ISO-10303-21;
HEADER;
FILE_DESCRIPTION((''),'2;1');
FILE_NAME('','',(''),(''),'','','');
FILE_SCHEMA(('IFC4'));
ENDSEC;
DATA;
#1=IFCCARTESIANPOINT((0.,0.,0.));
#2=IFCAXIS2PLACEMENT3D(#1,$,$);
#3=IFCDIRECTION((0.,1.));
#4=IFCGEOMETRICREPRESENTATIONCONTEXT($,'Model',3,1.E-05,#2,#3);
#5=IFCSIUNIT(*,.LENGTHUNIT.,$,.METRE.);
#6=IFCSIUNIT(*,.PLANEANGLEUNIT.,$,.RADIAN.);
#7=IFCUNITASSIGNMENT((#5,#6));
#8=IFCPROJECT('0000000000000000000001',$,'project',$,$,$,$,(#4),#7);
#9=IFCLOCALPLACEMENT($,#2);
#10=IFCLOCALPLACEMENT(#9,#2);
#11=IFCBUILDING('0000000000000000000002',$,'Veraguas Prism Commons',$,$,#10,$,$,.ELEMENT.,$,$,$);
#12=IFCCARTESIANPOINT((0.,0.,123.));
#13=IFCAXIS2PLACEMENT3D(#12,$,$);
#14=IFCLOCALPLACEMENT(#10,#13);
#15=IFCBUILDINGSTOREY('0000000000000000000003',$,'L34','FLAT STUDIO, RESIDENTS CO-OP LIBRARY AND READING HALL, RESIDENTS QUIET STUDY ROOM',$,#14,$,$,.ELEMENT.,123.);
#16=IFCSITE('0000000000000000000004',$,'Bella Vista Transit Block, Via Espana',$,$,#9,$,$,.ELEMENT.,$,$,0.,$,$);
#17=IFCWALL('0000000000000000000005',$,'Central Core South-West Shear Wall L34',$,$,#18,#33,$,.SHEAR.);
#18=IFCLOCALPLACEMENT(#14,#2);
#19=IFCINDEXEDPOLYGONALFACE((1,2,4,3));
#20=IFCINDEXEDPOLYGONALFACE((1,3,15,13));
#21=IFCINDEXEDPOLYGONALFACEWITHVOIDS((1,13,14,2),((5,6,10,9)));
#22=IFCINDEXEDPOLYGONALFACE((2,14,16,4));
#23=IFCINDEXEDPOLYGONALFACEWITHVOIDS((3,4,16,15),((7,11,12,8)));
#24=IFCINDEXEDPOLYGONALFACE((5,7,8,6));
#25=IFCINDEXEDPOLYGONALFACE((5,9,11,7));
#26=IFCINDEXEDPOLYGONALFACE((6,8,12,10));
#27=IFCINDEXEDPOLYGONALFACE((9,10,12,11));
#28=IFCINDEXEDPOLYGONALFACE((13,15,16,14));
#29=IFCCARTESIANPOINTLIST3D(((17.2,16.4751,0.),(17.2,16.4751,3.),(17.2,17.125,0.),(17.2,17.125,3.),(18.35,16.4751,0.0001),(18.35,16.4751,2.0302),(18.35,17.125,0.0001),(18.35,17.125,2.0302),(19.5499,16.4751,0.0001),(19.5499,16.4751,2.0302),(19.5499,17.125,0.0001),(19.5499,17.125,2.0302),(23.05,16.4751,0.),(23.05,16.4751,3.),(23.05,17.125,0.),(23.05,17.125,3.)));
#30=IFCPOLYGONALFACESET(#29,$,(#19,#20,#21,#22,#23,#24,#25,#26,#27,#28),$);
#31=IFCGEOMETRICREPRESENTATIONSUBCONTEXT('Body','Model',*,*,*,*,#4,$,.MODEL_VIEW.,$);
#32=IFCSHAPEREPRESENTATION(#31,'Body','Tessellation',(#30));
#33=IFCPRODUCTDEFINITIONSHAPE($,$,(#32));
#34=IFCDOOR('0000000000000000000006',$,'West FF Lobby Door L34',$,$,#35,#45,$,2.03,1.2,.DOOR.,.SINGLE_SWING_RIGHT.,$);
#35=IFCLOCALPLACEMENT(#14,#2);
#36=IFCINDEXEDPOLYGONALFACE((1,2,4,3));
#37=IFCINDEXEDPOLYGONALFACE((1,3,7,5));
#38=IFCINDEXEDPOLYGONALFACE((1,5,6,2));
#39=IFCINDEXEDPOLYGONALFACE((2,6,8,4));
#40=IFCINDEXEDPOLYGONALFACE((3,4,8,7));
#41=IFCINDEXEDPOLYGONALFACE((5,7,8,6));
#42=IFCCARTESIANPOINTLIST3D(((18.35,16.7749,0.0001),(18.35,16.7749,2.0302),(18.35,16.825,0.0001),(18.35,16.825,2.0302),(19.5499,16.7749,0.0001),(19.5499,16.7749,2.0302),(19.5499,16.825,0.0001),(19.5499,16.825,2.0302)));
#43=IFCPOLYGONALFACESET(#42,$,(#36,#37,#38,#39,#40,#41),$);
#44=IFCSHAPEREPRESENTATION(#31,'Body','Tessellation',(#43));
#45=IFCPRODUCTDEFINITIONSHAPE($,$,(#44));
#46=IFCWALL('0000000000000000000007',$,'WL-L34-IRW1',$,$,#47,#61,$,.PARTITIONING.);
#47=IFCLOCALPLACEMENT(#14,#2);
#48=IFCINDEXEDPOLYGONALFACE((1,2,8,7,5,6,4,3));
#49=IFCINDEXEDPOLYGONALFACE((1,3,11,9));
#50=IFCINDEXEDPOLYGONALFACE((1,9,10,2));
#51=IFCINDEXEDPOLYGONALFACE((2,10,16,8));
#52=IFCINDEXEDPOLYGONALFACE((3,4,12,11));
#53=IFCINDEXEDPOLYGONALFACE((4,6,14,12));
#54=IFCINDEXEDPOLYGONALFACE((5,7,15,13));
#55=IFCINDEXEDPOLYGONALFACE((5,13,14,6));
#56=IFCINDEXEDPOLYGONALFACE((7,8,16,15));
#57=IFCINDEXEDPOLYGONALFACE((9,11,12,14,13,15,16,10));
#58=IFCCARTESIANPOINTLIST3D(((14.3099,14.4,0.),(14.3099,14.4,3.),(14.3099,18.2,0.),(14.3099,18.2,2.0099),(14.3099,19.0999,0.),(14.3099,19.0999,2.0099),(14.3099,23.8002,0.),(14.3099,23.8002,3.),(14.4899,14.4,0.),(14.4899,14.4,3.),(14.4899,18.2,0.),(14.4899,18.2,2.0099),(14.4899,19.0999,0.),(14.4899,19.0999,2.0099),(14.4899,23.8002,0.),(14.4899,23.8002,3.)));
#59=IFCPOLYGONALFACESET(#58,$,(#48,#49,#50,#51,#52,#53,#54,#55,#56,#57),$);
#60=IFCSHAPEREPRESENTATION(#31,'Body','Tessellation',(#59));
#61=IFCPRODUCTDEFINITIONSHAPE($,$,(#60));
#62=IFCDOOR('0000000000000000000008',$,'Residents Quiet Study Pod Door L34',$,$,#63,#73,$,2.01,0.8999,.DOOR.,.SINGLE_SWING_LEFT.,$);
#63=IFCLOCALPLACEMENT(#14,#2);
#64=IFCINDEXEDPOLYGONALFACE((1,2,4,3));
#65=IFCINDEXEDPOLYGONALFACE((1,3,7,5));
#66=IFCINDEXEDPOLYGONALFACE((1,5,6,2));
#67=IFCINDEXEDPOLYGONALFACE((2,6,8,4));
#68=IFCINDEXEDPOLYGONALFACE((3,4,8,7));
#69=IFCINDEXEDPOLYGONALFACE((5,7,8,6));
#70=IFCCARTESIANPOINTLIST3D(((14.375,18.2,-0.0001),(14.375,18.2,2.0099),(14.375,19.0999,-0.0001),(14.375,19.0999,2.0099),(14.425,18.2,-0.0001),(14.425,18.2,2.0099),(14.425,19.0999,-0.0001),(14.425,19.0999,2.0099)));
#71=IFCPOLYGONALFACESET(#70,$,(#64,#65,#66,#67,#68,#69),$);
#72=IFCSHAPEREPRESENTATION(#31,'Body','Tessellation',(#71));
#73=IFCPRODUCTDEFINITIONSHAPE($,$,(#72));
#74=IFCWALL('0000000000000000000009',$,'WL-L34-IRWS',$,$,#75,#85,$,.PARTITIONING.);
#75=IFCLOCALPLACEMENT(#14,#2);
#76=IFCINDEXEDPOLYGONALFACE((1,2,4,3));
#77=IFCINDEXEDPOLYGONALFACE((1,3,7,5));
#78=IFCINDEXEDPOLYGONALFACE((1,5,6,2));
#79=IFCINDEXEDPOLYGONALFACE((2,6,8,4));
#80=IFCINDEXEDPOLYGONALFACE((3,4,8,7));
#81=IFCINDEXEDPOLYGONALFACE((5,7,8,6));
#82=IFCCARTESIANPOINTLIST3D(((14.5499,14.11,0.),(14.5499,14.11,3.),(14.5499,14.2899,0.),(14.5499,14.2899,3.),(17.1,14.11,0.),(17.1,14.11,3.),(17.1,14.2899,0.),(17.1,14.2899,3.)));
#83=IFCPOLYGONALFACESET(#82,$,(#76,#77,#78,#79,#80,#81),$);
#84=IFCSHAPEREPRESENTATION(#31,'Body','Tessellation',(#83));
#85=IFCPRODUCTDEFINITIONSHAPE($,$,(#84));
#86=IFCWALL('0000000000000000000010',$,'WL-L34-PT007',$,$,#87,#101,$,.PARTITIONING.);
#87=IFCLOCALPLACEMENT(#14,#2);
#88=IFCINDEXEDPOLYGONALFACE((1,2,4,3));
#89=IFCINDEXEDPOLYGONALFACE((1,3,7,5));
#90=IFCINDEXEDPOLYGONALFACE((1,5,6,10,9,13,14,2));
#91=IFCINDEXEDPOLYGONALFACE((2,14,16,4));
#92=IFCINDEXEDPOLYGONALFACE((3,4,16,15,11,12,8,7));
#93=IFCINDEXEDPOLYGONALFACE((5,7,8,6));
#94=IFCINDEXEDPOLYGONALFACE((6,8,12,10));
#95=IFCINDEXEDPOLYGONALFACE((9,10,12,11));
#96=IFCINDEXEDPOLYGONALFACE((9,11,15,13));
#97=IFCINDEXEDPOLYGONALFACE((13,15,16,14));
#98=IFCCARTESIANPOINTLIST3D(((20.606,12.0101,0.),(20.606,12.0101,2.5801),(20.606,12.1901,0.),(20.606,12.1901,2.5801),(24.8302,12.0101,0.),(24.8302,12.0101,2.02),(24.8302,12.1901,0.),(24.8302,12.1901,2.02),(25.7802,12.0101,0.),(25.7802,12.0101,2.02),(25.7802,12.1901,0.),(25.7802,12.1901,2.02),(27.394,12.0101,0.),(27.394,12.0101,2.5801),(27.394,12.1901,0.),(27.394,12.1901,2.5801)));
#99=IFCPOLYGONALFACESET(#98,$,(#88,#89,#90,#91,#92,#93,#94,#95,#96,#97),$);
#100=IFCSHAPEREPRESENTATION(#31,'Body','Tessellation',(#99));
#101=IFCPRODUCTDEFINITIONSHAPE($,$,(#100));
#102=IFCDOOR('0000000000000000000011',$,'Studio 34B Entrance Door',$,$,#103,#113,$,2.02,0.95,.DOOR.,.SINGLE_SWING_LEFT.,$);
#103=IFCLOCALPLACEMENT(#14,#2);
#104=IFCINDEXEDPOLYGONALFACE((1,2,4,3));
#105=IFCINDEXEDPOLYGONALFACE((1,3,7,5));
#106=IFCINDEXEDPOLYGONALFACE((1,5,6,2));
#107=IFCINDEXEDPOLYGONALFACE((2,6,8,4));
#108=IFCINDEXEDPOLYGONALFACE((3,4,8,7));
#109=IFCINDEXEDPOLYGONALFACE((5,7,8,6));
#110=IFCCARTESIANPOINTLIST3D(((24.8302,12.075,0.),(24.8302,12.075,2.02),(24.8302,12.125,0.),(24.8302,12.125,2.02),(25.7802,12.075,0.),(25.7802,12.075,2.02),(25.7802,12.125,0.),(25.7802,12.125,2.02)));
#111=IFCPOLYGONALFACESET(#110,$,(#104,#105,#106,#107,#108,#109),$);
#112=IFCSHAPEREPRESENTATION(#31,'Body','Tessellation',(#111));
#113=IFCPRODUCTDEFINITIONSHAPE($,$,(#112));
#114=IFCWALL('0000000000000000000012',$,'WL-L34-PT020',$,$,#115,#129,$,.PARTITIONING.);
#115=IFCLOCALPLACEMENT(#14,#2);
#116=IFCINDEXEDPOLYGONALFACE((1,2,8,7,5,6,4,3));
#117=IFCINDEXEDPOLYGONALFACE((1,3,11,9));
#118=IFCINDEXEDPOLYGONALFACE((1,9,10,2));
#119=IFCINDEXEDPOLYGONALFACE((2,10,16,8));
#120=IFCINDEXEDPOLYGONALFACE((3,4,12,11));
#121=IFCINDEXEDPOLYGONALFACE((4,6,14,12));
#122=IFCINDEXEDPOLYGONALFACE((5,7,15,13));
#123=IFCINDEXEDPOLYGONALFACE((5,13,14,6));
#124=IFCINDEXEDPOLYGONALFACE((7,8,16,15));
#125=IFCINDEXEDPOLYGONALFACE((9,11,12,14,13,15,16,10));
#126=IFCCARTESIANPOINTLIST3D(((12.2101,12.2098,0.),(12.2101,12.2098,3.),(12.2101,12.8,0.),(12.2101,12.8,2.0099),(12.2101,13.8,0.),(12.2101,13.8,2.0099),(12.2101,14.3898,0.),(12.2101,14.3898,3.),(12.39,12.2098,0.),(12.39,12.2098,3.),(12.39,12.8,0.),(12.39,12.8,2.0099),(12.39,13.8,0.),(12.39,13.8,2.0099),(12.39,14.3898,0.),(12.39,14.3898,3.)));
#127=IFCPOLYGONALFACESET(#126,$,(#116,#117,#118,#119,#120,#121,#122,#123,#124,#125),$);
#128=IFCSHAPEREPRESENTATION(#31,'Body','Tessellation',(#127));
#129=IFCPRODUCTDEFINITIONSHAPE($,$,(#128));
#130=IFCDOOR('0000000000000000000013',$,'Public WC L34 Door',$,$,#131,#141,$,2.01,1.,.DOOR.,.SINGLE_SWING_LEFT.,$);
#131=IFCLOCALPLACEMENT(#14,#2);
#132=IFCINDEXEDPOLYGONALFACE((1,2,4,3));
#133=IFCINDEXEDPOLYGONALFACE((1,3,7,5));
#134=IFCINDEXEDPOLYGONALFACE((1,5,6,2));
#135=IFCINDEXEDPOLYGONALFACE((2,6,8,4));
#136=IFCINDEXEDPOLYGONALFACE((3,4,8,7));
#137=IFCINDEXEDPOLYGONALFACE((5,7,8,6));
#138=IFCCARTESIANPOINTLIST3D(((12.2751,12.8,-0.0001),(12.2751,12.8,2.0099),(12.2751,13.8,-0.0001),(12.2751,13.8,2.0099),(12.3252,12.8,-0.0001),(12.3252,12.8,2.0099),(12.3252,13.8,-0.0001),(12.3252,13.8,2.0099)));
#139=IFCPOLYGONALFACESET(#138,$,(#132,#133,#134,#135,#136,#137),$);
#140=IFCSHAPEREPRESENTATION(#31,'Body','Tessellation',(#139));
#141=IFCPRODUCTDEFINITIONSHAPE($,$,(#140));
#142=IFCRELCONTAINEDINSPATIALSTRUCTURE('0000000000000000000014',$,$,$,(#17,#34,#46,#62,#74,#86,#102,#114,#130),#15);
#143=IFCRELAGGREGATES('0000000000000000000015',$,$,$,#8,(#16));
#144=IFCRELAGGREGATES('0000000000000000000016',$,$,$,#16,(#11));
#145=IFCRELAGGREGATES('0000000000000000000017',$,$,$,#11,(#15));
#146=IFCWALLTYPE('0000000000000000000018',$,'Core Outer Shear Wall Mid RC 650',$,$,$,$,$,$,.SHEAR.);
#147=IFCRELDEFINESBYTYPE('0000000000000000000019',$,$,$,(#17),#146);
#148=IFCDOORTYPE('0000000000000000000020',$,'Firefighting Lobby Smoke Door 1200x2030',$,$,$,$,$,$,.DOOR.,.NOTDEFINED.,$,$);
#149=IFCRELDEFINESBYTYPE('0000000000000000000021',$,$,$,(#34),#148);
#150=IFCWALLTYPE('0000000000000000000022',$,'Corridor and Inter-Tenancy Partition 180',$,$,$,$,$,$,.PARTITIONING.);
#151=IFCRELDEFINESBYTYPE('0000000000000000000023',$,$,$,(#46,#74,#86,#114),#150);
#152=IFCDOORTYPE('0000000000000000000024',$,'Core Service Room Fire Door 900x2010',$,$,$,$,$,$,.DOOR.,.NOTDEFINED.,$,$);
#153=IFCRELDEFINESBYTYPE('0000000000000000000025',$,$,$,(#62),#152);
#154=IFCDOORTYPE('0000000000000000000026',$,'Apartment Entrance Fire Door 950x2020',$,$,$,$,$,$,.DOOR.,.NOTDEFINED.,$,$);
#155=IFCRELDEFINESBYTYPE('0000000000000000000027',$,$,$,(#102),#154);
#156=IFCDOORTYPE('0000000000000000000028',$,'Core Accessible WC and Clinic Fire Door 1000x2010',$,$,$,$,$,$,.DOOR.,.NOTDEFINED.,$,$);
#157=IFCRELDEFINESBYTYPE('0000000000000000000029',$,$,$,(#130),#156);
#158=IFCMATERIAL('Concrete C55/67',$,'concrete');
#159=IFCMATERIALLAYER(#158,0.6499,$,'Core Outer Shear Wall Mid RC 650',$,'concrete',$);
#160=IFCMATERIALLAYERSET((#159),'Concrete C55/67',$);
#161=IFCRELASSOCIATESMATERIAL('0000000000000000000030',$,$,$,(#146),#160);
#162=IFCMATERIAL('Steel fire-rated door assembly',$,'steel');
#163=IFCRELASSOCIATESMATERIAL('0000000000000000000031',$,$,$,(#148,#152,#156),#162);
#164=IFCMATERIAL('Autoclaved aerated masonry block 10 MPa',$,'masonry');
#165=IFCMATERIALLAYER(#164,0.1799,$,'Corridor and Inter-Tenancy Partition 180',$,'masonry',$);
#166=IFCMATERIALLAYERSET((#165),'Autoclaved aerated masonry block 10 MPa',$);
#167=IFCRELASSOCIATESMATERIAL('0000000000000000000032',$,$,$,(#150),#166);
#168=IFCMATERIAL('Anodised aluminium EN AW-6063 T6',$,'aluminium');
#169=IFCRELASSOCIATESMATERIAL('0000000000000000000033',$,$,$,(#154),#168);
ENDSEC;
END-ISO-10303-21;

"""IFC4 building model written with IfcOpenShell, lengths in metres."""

from ifc_helpers import new_model, si_unit, direction, frame, frame_2d, origin, place, context, subcontext, project, spatial, rectangle, extrude, source, transform, mapped, material, layer, layer_set, type_object, element, fill, save


model = new_model("IFC4")

# Units and contexts
model_context = context("Model", 3, precision=1e-05, world=origin(), true_north=direction((0.0, 1.0)))
body_context = subcontext(model_context, "Body", "Model", "MODEL_VIEW")
ifc_project = project(units=[si_unit("LENGTHUNIT", "METRE"), si_unit("PLANEANGLEUNIT", "RADIAN")], contexts=[model_context])

# Site, building, storey
site_placement = place(None, origin())
site = spatial("IfcSite", under=ifc_project, at=site_placement, Name="Bella Vista Transit Block, Via Espana", CompositionType="ELEMENT", RefElevation=0.0)
building_placement = place(site_placement, origin())
building = spatial("IfcBuilding", under=site, at=building_placement, Name="Veraguas Prism Commons", CompositionType="ELEMENT")
storey_placement = place(building_placement, frame((0.0, 0.0, 123.0)))
storey = spatial("IfcBuildingStorey", under=building, at=storey_placement, Name="L34", Description="FLAT STUDIO, RESIDENTS CO-OP LIBRARY AND READING HALL, RESIDENTS QUIET STUDY ROOM", CompositionType="ELEMENT", Elevation=123.0)

# Shared definitions
ifc_material_1 = material(Name="Steel fire-rated door assembly", Category="steel")

# Shared definitions
ifc_material_2 = material(Name="Concrete C55/67", Category="concrete")
ifc_layer_1 = layer(ifc_material_2, 0.6499, Name="Core Outer Shear Wall Mid RC 650", Category="concrete")
ifc_layer_set_1 = layer_set([ifc_layer_1], Name="Concrete C55/67")
wall_type_1 = type_object("IfcWallType", Name="Core Outer Shear Wall Mid RC 650", PredefinedType="SHEAR", material=ifc_layer_set_1)

# Walls, openings, doors
wall_1_placement = place(storey_placement, frame((17.2, 16.8, 0.0), z_axis=(0.0, 0.0, 1.0), x_axis=(1.0, 0.0, 0.0)))
wall_1 = element("IfcWall", 1, at=wall_1_placement, inside=storey, type_object=wall_type_1, Name="Central Core South-West Shear Wall L34", PredefinedType="SHEAR", context=body_context, shape_type="SweptSolid", body=[
    extrude(rectangle(XDim=5.8501, YDim=0.6499, at=frame_2d((2.925, 0.0))), origin(), (0.0, 0.0, 1.0), 3.0),
])
opening_1_placement = place(wall_1_placement, frame((1.1499, 0.0, 0.0)))
opening_1 = element("IfcOpeningElement", 2, at=opening_1_placement, cuts=wall_1, PredefinedType="OPENING", context=body_context, shape_type="SweptSolid", body=[
    extrude(rectangle(XDim=1.2, YDim=2.03, at=frame_2d((0.6001, 1.0151))), frame((0.0, 0.335, 0.0), z_axis=(0.0, -1.0, 0.0), x_axis=(1.0, 0.0, 0.0)), (0.0, 0.0, 1.0), 0.6699),
])
door_type_1 = type_object("IfcDoorType", Name="Firefighting Lobby Smoke Door 1200x2030", OperationType="NOTDEFINED", PredefinedType="DOOR", material=ifc_material_1)
shared_shape_1 = source(origin(), body_context, "Body", "SweptSolid", [
    extrude(rectangle(XDim=1.2, YDim=2.03, at=frame_2d((0.6001, 1.0151))), frame((0.0, 0.0249, 0.0), z_axis=(0.0, -1.0, 0.0), x_axis=(1.0, 0.0, 0.0)), (0.0, 0.0, 1.0), 0.05),
])
door_1_placement = place(opening_1_placement, origin())
door_1 = element("IfcDoor", 3, at=door_1_placement, inside=storey, type_object=door_type_1, Name="West FF Lobby Door L34", OperationType="SINGLE_SWING_RIGHT", OverallHeight=2.03, OverallWidth=1.2, PredefinedType="DOOR", context=body_context, shape_type="MappedRepresentation", body=[
    mapped(shared_shape_1, transform((0.0, 0.0, 0.0), scale=1.0)),
])
fill(opening_1, door_1)
ifc_material_3 = material(Name="Autoclaved aerated masonry block 10 MPa", Category="masonry")
ifc_layer_2 = layer(ifc_material_3, 0.1799, Name="Corridor and Inter-Tenancy Partition 180", Category="masonry")
ifc_layer_set_2 = layer_set([ifc_layer_2], Name="Autoclaved aerated masonry block 10 MPa")
wall_type_2 = type_object("IfcWallType", Name="Corridor and Inter-Tenancy Partition 180", PredefinedType="PARTITIONING", material=ifc_layer_set_2)
wall_2_placement = place(storey_placement, frame((14.3999, 14.3999, 0.0), z_axis=(0.0, 0.0, 1.0), x_axis=(0.0, 1.0, 0.0)))
wall_2 = element("IfcWall", 4, at=wall_2_placement, inside=storey, type_object=wall_type_2, Name="WL-L34-IRW1", PredefinedType="PARTITIONING", context=body_context, shape_type="SweptSolid", body=[
    extrude(rectangle(XDim=9.4001, YDim=0.1799, at=frame_2d((4.7002, 0.0))), origin(), (0.0, 0.0, 1.0), 3.0),
])
opening_2_placement = place(wall_2_placement, frame((3.8, 0.0, 0.0)))
opening_2 = element("IfcOpeningElement", 5, at=opening_2_placement, cuts=wall_2, PredefinedType="OPENING", context=body_context, shape_type="SweptSolid", body=[
    extrude(rectangle(XDim=0.8999, YDim=2.01, at=frame_2d((0.45, 1.0049))), frame((0.0, 0.0999, 0.0), z_axis=(0.0, -1.0, 0.0), x_axis=(1.0, 0.0, 0.0)), (0.0, 0.0, 1.0), 0.2),
])
door_type_2 = type_object("IfcDoorType", Name="Core Service Room Fire Door 900x2010", OperationType="NOTDEFINED", PredefinedType="DOOR", material=ifc_material_1)
shared_shape_2 = source(origin(), body_context, "Body", "SweptSolid", [
    extrude(rectangle(XDim=0.8999, YDim=2.01, at=frame_2d((0.45, 1.0049))), frame((0.0, 0.0249, 0.0), z_axis=(0.0, -1.0, 0.0), x_axis=(1.0, 0.0, 0.0)), (0.0, 0.0, 1.0), 0.05),
])
door_2_placement = place(opening_2_placement, origin())
door_2 = element("IfcDoor", 6, at=door_2_placement, inside=storey, type_object=door_type_2, Name="Residents Quiet Study Pod Door L34", OperationType="SINGLE_SWING_LEFT", OverallHeight=2.01, OverallWidth=0.8999, PredefinedType="DOOR", context=body_context, shape_type="MappedRepresentation", body=[
    mapped(shared_shape_2, transform((0.0, 0.0, 0.0), scale=1.0)),
])
fill(opening_2, door_2)

# Wall
wall_3_placement = place(storey_placement, frame((14.55, 14.2, 0.0), z_axis=(0.0, 0.0, 1.0), x_axis=(1.0, 0.0, 0.0)))
element("IfcWall", 7, at=wall_3_placement, inside=storey, type_object=wall_type_2, Name="WL-L34-IRWS", PredefinedType="PARTITIONING", context=body_context, shape_type="SweptSolid", body=[
    extrude(rectangle(XDim=2.55, YDim=0.1799, at=frame_2d((1.2749, 0.0))), origin(), (0.0, 0.0, 1.0), 3.0),
])

# Walls, openings, doors
wall_4_placement = place(storey_placement, frame((20.606, 12.1001, 0.0), z_axis=(0.0, 0.0, 1.0), x_axis=(1.0, 0.0, 0.0)))
wall_4 = element("IfcWall", 8, at=wall_4_placement, inside=storey, type_object=wall_type_2, Name="WL-L34-PT007", PredefinedType="PARTITIONING", context=body_context, shape_type="SweptSolid", body=[
    extrude(rectangle(XDim=6.7881, YDim=0.1799, at=frame_2d((3.394, 0.0))), origin(), (0.0, 0.0, 1.0), 2.5801),
])
opening_3_placement = place(wall_4_placement, frame((4.2241, 0.0, 0.0)))
opening_3 = element("IfcOpeningElement", 9, at=opening_3_placement, cuts=wall_4, PredefinedType="OPENING", context=body_context, shape_type="SweptSolid", body=[
    extrude(rectangle(XDim=0.95, YDim=2.02, at=frame_2d((0.4751, 1.01))), frame((0.0, 0.0999, 0.0), z_axis=(0.0, -1.0, 0.0), x_axis=(1.0, 0.0, 0.0)), (0.0, 0.0, 1.0), 0.2),
])
ifc_material_4 = material(Name="Anodised aluminium EN AW-6063 T6", Category="aluminium")
door_type_3 = type_object("IfcDoorType", Name="Apartment Entrance Fire Door 950x2020", OperationType="NOTDEFINED", PredefinedType="DOOR", material=ifc_material_4)
shared_shape_3 = source(origin(), body_context, "Body", "SweptSolid", [
    extrude(rectangle(XDim=0.95, YDim=2.02, at=frame_2d((0.4751, 1.01))), frame((0.0, 0.0249, 0.0), z_axis=(0.0, -1.0, 0.0), x_axis=(1.0, 0.0, 0.0)), (0.0, 0.0, 1.0), 0.05),
])
door_3_placement = place(opening_3_placement, origin())
door_3 = element("IfcDoor", 10, at=door_3_placement, inside=storey, type_object=door_type_3, Name="Studio 34B Entrance Door", OperationType="SINGLE_SWING_LEFT", OverallHeight=2.02, OverallWidth=0.95, PredefinedType="DOOR", context=body_context, shape_type="MappedRepresentation", body=[
    mapped(shared_shape_3, transform((0.0, 0.0, 0.0), scale=1.0)),
])
fill(opening_3, door_3)
wall_5_placement = place(storey_placement, frame((12.3, 12.21, 0.0), z_axis=(0.0, 0.0, 1.0), x_axis=(0.0, 1.0, 0.0)))
wall_5 = element("IfcWall", 11, at=wall_5_placement, inside=storey, type_object=wall_type_2, Name="WL-L34-PT020", PredefinedType="PARTITIONING", context=body_context, shape_type="SweptSolid", body=[
    extrude(rectangle(XDim=2.1799, YDim=0.1799, at=frame_2d((1.0898, 0.0))), origin(), (0.0, 0.0, 1.0), 3.0),
])
opening_4_placement = place(wall_5_placement, frame((0.5901, 0.0, 0.0)))
opening_4 = element("IfcOpeningElement", 12, at=opening_4_placement, cuts=wall_5, PredefinedType="OPENING", context=body_context, shape_type="SweptSolid", body=[
    extrude(rectangle(XDim=1.0, YDim=2.01, at=frame_2d((0.5, 1.0049))), frame((0.0, 0.0999, 0.0), z_axis=(0.0, -1.0, 0.0), x_axis=(1.0, 0.0, 0.0)), (0.0, 0.0, 1.0), 0.2),
])
door_type_4 = type_object("IfcDoorType", Name="Core Accessible WC and Clinic Fire Door 1000x2010", OperationType="NOTDEFINED", PredefinedType="DOOR", material=ifc_material_1)
shared_shape_4 = source(origin(), body_context, "Body", "SweptSolid", [
    extrude(rectangle(XDim=1.0, YDim=2.01, at=frame_2d((0.5, 1.0049))), frame((0.0, 0.0249, 0.0), z_axis=(0.0, -1.0, 0.0), x_axis=(1.0, 0.0, 0.0)), (0.0, 0.0, 1.0), 0.05),
])
door_4_placement = place(opening_4_placement, origin())
door_4 = element("IfcDoor", 13, at=door_4_placement, inside=storey, type_object=door_type_4, Name="Public WC L34 Door", OperationType="SINGLE_SWING_LEFT", OverallHeight=2.01, OverallWidth=1.0, PredefinedType="DOOR", context=body_context, shape_type="MappedRepresentation", body=[
    mapped(shared_shape_4, transform((0.0, 0.0, 0.0), scale=1.0)),
])
fill(opening_4, door_4)

save(model, "model.ifc")
